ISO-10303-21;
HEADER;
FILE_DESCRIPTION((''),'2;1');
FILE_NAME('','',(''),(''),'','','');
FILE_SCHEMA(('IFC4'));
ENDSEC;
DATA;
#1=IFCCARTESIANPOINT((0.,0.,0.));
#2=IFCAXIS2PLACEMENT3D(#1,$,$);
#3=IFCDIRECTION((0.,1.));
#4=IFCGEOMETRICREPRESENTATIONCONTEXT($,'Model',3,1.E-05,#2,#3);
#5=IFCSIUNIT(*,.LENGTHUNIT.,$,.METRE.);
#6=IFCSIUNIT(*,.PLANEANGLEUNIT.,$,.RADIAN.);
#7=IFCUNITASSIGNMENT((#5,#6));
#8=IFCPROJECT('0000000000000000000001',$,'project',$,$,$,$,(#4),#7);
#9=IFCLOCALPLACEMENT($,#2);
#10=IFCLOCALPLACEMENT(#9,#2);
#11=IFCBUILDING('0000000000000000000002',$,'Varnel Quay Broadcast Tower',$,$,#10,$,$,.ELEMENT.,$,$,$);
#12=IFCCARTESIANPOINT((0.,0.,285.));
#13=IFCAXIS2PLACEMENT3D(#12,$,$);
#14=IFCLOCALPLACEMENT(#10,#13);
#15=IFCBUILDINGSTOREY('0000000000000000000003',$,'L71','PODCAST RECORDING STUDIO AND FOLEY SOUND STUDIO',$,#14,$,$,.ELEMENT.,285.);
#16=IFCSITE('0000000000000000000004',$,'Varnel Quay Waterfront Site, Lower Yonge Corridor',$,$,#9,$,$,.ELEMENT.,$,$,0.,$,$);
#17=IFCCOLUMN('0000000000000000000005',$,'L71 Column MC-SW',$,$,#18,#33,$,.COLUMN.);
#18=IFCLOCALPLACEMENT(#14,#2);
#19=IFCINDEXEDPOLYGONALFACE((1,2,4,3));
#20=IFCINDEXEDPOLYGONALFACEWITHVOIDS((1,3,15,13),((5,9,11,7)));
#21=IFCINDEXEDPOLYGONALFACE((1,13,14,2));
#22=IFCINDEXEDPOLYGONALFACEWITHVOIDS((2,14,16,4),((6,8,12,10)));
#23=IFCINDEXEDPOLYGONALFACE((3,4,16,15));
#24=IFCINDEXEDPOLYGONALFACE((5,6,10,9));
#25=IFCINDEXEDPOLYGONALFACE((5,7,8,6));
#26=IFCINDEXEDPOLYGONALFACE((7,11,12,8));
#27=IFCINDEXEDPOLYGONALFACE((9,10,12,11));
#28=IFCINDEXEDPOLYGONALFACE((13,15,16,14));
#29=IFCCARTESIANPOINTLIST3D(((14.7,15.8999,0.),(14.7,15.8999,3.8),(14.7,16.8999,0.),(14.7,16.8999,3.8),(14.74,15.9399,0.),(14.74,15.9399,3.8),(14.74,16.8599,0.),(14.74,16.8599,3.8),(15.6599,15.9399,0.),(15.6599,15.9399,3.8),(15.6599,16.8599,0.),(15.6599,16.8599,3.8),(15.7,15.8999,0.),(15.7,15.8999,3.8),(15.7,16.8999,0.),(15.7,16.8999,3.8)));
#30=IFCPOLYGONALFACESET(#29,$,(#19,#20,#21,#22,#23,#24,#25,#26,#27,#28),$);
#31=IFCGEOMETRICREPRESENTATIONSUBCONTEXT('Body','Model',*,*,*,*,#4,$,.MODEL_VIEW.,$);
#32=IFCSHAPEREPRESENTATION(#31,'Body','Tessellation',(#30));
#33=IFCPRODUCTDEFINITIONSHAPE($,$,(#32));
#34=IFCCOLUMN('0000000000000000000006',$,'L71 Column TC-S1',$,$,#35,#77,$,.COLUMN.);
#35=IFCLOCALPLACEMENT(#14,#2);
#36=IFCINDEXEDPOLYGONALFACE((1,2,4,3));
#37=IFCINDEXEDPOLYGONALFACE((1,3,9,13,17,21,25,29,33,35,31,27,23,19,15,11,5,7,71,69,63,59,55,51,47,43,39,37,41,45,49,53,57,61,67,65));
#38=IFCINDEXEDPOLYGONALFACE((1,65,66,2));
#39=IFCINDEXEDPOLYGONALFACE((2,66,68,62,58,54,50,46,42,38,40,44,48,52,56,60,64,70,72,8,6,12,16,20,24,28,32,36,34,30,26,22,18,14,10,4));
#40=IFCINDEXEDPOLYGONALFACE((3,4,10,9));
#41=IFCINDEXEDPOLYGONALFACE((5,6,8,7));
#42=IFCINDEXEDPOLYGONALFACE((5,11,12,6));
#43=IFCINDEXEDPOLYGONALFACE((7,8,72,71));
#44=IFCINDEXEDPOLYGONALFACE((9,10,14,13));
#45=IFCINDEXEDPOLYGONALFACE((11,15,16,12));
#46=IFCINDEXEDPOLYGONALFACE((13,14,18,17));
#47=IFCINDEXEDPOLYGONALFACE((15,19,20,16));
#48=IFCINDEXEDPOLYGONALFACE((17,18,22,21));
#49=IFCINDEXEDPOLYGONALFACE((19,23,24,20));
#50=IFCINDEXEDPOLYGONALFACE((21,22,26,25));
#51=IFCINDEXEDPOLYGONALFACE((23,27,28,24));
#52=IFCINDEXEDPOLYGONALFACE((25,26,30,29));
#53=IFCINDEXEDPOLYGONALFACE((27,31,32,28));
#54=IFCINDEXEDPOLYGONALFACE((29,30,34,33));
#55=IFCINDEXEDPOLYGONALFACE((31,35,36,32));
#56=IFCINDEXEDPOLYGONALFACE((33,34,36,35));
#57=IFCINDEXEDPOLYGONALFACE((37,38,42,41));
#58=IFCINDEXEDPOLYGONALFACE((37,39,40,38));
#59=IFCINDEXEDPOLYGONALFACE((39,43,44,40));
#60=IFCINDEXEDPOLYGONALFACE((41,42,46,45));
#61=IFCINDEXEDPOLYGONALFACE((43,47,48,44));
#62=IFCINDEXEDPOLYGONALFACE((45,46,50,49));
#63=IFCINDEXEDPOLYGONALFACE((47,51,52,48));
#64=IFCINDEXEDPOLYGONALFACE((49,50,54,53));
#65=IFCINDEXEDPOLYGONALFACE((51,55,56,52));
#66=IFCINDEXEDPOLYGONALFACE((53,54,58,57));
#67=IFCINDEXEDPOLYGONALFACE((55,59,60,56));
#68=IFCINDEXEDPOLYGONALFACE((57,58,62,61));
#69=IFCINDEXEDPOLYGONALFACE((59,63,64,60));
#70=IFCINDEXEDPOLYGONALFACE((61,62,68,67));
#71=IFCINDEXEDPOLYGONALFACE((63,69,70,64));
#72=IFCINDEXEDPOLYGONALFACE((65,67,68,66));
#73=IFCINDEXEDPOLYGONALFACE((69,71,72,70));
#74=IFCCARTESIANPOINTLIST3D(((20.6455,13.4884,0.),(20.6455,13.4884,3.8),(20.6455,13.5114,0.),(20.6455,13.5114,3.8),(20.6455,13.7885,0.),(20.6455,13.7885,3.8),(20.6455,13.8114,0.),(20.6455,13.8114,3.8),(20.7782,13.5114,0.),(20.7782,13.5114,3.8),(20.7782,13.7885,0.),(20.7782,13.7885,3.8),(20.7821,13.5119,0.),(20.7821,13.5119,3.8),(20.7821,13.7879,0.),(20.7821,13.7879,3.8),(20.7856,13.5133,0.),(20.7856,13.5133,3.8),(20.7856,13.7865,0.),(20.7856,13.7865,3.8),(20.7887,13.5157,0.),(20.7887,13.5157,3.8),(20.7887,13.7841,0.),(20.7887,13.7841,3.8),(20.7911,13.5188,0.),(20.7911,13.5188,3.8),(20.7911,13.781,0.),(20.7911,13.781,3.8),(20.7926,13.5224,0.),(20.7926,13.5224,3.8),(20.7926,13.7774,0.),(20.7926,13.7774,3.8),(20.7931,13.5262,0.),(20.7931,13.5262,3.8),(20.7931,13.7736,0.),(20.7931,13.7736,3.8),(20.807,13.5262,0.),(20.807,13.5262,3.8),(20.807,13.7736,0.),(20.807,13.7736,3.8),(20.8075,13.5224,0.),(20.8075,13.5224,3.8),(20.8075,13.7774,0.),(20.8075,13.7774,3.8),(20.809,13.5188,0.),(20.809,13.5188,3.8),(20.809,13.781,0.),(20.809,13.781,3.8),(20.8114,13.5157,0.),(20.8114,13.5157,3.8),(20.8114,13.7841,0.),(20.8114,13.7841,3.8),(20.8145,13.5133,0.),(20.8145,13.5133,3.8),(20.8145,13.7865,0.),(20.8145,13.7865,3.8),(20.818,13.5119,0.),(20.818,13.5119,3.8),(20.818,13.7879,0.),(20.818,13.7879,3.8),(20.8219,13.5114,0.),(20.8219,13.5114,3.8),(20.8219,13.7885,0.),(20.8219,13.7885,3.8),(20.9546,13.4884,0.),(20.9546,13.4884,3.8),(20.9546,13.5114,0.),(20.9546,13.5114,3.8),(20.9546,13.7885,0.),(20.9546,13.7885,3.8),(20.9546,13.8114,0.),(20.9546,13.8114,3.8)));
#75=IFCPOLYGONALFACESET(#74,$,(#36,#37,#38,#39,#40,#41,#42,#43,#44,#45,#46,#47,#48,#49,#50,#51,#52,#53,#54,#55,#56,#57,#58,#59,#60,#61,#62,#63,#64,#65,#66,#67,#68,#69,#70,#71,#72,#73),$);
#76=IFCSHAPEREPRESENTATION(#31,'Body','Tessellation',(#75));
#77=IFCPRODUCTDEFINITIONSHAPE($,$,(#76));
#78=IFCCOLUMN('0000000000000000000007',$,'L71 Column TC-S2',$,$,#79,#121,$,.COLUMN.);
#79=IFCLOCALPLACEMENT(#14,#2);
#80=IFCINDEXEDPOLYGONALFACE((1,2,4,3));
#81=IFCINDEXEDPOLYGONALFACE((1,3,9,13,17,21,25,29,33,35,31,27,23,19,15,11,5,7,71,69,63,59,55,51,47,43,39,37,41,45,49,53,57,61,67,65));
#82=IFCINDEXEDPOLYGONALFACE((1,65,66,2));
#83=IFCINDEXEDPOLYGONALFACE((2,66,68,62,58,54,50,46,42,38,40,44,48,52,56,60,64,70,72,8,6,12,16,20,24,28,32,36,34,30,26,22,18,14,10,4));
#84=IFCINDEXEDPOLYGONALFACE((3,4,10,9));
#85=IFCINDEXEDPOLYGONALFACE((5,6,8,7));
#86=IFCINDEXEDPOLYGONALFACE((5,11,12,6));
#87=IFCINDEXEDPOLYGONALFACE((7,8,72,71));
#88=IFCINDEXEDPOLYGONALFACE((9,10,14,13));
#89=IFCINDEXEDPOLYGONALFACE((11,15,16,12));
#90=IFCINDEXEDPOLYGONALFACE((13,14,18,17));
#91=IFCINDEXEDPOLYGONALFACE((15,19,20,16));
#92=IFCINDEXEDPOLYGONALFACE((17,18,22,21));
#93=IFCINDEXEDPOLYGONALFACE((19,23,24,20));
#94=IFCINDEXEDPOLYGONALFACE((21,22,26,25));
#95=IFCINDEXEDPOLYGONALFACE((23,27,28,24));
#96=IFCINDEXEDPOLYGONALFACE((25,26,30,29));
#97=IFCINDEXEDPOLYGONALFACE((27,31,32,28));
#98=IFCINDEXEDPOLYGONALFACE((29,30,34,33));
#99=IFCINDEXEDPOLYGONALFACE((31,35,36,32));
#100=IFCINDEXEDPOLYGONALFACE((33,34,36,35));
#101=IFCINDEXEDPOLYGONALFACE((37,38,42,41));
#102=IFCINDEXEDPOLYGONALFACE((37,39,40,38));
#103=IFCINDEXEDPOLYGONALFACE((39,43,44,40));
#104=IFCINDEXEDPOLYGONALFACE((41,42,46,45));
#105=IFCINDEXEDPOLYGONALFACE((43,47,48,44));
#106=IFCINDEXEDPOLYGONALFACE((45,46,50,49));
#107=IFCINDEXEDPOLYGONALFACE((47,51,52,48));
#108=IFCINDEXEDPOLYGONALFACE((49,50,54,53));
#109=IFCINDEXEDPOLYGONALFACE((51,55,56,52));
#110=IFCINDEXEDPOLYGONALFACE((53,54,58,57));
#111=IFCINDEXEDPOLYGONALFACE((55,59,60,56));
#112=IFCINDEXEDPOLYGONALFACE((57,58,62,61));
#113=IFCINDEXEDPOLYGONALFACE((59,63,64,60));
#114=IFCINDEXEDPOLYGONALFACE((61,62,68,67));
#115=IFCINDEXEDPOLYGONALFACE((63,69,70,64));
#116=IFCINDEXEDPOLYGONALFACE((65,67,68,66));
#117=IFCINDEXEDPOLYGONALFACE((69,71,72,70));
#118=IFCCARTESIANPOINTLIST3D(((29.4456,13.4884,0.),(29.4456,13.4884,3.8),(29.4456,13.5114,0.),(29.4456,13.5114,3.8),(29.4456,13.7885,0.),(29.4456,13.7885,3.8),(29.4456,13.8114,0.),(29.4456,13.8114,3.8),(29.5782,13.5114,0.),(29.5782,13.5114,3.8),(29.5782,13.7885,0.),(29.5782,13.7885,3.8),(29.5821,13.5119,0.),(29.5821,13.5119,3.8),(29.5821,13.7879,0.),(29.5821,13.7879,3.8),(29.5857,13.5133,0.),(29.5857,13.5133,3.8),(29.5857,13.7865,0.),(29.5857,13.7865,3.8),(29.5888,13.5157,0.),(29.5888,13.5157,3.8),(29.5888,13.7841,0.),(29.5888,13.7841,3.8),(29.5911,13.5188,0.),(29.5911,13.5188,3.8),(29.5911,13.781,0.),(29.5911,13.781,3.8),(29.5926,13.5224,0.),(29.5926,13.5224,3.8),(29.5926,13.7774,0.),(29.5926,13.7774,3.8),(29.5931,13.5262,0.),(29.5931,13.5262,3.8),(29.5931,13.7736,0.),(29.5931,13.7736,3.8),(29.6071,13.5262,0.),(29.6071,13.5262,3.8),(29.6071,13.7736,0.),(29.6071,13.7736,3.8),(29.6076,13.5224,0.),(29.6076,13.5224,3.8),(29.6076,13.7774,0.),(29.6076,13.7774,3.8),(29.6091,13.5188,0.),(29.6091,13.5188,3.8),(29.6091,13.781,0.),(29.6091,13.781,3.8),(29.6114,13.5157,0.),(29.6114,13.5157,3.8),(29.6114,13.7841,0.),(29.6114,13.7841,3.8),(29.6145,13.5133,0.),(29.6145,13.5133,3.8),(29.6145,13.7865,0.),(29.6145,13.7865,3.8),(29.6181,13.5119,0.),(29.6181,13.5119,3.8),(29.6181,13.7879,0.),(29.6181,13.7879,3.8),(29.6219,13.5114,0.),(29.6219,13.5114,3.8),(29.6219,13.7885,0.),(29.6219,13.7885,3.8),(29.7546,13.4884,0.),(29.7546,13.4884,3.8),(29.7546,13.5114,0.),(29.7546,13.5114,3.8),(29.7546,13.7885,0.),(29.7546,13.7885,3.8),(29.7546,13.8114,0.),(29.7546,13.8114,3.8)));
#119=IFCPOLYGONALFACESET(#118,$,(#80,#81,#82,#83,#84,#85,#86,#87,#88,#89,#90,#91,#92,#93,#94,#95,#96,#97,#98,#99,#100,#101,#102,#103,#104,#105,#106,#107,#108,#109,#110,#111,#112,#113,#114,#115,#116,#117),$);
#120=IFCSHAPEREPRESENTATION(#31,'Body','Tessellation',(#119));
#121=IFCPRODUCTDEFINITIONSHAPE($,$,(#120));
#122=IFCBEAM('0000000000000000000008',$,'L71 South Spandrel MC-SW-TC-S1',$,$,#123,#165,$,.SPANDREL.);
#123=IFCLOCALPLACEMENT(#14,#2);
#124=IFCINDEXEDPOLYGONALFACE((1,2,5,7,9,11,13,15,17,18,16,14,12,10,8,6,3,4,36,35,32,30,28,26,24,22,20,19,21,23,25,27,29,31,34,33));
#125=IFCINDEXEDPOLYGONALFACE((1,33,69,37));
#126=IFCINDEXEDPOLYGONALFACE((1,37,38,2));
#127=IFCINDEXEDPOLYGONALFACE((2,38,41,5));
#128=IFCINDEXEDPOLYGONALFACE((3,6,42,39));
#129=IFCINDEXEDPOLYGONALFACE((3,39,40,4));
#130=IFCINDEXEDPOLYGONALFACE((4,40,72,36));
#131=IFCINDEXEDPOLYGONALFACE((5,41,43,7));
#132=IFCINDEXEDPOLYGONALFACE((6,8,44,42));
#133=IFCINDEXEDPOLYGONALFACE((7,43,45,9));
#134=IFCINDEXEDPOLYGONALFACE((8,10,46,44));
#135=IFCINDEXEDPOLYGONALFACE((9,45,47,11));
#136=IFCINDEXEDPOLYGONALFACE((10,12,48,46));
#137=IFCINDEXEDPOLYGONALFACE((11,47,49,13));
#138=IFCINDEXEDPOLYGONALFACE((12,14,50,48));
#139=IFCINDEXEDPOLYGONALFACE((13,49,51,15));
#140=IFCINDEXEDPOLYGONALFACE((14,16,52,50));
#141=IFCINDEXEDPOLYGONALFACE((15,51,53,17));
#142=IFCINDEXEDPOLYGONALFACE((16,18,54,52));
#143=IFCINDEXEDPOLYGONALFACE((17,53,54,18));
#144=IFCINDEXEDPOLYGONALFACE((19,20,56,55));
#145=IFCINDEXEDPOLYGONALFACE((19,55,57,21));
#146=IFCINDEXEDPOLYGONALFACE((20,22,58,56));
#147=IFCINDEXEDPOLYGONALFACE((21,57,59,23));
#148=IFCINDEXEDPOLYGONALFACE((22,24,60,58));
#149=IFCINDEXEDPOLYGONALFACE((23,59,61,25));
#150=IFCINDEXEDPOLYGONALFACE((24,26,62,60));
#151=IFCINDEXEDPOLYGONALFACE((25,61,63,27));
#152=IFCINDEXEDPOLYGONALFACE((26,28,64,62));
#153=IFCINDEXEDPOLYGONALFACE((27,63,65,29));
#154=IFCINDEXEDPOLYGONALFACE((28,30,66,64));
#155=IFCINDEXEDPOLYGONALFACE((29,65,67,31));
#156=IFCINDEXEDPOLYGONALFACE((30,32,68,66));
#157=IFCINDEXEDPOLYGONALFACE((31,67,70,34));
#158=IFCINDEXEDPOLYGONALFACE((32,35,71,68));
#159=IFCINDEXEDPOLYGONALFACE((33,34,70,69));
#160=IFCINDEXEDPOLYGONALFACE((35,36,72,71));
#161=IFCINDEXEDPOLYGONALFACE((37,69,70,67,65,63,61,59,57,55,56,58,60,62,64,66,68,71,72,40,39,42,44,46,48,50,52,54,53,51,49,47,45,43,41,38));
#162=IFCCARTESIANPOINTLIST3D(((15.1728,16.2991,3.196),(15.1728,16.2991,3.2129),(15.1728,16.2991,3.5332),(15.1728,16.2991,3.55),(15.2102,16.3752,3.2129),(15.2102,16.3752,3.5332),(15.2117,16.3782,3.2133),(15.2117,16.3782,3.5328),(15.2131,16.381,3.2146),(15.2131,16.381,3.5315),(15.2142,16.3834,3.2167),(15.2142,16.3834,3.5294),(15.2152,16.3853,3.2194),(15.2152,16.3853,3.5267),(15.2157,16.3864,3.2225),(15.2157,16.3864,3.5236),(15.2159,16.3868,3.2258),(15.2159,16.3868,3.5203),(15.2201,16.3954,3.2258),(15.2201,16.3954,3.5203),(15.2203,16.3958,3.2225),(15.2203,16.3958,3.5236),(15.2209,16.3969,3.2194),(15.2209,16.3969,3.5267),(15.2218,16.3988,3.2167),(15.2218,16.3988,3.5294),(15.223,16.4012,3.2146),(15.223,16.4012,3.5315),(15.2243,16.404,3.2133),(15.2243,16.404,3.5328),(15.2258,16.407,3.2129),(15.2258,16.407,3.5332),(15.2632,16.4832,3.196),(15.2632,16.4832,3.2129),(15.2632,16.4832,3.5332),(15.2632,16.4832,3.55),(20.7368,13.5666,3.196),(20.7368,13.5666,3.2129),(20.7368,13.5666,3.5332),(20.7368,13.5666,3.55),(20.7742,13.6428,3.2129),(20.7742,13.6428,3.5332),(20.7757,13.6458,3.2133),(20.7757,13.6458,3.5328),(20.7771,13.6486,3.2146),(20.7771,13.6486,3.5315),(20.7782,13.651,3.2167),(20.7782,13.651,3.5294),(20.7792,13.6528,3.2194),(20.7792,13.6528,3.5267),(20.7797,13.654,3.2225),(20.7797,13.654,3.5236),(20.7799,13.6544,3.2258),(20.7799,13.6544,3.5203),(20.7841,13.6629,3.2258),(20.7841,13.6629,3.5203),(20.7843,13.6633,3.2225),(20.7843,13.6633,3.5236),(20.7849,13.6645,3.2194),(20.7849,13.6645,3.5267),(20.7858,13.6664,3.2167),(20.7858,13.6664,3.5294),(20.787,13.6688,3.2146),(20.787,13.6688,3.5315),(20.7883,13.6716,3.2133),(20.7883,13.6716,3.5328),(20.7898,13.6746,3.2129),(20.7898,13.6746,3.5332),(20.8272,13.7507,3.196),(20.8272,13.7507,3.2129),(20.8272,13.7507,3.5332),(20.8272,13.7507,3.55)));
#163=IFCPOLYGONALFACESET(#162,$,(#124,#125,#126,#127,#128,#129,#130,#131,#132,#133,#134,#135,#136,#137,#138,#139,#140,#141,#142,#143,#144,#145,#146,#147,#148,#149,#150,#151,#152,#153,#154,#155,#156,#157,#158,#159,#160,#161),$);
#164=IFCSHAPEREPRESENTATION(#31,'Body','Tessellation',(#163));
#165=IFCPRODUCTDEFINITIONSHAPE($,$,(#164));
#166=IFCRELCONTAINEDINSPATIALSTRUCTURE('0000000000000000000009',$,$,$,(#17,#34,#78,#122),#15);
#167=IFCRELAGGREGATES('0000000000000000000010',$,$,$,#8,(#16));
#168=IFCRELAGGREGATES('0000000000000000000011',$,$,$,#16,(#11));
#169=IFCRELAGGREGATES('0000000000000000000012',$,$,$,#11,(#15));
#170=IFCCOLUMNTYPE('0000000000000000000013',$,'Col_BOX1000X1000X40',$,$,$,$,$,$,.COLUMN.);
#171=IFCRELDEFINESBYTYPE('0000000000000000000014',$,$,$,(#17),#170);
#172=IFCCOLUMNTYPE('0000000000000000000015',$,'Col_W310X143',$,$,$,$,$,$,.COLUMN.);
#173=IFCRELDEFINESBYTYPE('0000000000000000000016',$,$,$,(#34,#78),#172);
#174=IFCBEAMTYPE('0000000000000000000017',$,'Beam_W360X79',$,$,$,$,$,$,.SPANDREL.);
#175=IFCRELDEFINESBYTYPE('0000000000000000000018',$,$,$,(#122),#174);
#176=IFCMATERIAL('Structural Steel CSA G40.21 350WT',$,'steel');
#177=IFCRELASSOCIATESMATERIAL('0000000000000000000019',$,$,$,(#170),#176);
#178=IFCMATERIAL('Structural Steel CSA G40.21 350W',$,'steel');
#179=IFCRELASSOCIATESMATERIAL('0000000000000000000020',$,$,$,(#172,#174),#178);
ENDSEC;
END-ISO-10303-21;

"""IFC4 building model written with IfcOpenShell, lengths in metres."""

from ifc_helpers import new_model, si_unit, direction, frame, origin, origin_2d, place, context, subcontext, project, spatial, hollow_rectangle, i_section, extrude, source, transform, mapped, material, material_profile, profile_set, type_object, type_shapes, element, save


model = new_model("IFC4")

# Units and contexts
model_context = context("Model", 3, precision=1e-05, world=origin(), true_north=direction((0.0, 1.0)))
body_context = subcontext(model_context, "Body", "Model", "MODEL_VIEW")
ifc_project = project(units=[si_unit("LENGTHUNIT", "METRE"), si_unit("PLANEANGLEUNIT", "RADIAN")], contexts=[model_context])

# Site, building, storey
site_placement = place(None, origin())
site = spatial("IfcSite", under=ifc_project, at=site_placement, Name="Varnel Quay Waterfront Site, Lower Yonge Corridor", CompositionType="ELEMENT", RefElevation=0.0)
building_placement = place(site_placement, origin())
building = spatial("IfcBuilding", under=site, at=building_placement, Name="Varnel Quay Broadcast Tower", CompositionType="ELEMENT")
storey_placement = place(building_placement, frame((0.0, 0.0, 285.0)))
storey = spatial("IfcBuildingStorey", under=building, at=storey_placement, Name="L71", Description="PODCAST RECORDING STUDIO AND FOLEY SOUND STUDIO", CompositionType="ELEMENT", Elevation=285.0)

# Columns
ifc_material_1 = material(Name="Structural Steel CSA G40.21 350WT", Category="steel")
ifc_material_profile_1 = material_profile(ifc_material_1, hollow_rectangle(XDim=1.0, YDim=1.0, WallThickness=0.04, at=origin_2d()), Name="BOX1000X1000X40")
ifc_profile_set_1 = profile_set([ifc_material_profile_1], Name="Structural Steel CSA G40.21 350WT")
column_type_1 = type_object("IfcColumnType", Name="Col_BOX1000X1000X40", PredefinedType="COLUMN", material=ifc_profile_set_1)
shared_shape_1 = source(origin(), body_context, "Body", "SweptSolid", [
    extrude(hollow_rectangle(XDim=1.0, YDim=1.0, WallThickness=0.04, at=origin_2d()), origin(), (0.0, 0.0, 1.0), 3.8),
])
type_shapes(column_type_1, [shared_shape_1])
column_placement = place(storey_placement, frame((15.2, 16.3999, 0.0), z_axis=(0.0, 0.0, 1.0), x_axis=(1.0, 0.0, 0.0)))
element("IfcColumn", 1, at=column_placement, inside=storey, type_object=column_type_1, Name="L71 Column MC-SW", PredefinedType="COLUMN", context=body_context, shape_type="MappedRepresentation", body=[
    mapped(shared_shape_1, transform((0.0, 0.0, 0.0), x_axis=(1.0, 0.0, 0.0), y_axis=(0.0, 1.0, 0.0), z_axis=(0.0, 0.0, 1.0), scale=1.0)),
])
ifc_material_2 = material(Name="Structural Steel CSA G40.21 350W", Category="steel")
ifc_material_profile_2 = material_profile(ifc_material_2, i_section(OverallWidth=0.3091, OverallDepth=0.323, WebThickness=0.0139, FlangeThickness=0.0229, FilletRadius=0.0149, at=origin_2d()), Name="W310X143")
ifc_profile_set_2 = profile_set([ifc_material_profile_2], Name="Structural Steel CSA G40.21 350W")
column_type_2 = type_object("IfcColumnType", Name="Col_W310X143", PredefinedType="COLUMN", material=ifc_profile_set_2)
shared_shape_2 = source(origin(), body_context, "Body", "SweptSolid", [
    extrude(i_section(OverallWidth=0.3091, OverallDepth=0.323, WebThickness=0.0139, FlangeThickness=0.0229, FilletRadius=0.0149, at=origin_2d()), origin(), (0.0, 0.0, 1.0), 3.8),
])
type_shapes(column_type_2, [shared_shape_2])
for number, where, z_axis, x_axis, name in (
    (2, (20.8, 13.6499, 0.0), (0.0, 0.0, 1.0), (1.0, 0.0, 0.0), "L71 Column TC-S1"),
    (3, (29.6001, 13.6499, 0.0), (0.0, 0.0, 1.0), (1.0, 0.0, 0.0), "L71 Column TC-S2"),
):
    element("IfcColumn", number, at=place(storey_placement, frame(where, z_axis=z_axis, x_axis=x_axis)), inside=storey, type_object=column_type_2, Name=name, PredefinedType="COLUMN", context=body_context, shape_type="MappedRepresentation", body=[
        mapped(shared_shape_2, transform((0.0, 0.0, 0.0), x_axis=(1.0, 0.0, 0.0), y_axis=(0.0, 1.0, 0.0), z_axis=(0.0, 0.0, 1.0), scale=1.0)),
    ])

# Beam
ifc_material_profile_3 = material_profile(ifc_material_2, i_section(OverallWidth=0.2051, OverallDepth=0.354, WebThickness=0.0095, FlangeThickness=0.0168, FilletRadius=0.0129, at=origin_2d()), Name="W360X79")
ifc_profile_set_3 = profile_set([ifc_material_profile_3], Name="Structural Steel CSA G40.21 350W")
beam_type_1 = type_object("IfcBeamType", Name="Beam_W360X79", PredefinedType="SPANDREL", material=ifc_profile_set_3)
shared_shape_3 = source(origin(), body_context, "Body", "SweptSolid", [
    extrude(i_section(OverallWidth=0.2051, OverallDepth=0.354, WebThickness=0.0095, FlangeThickness=0.0168, FilletRadius=0.0129, at=origin_2d()), origin(), (0.0, 0.0, 1.0), 6.1987),
])
beam_1_placement = place(storey_placement, frame((15.218, 16.3911, 3.373), z_axis=(0.897602, -0.440806, 0.0), x_axis=(0.440806, 0.897602, 0.0)))
element("IfcBeam", 4, at=beam_1_placement, inside=storey, type_object=beam_type_1, Name="L71 South Spandrel MC-SW-TC-S1", PredefinedType="SPANDREL", context=body_context, shape_type="MappedRepresentation", body=[
    mapped(shared_shape_3, transform((0.0, 0.0, 0.0), x_axis=(1.0, 0.0, 0.0), y_axis=(0.0, 1.0, 0.0), z_axis=(0.0, 0.0, 1.0), scale=1.0)),
])

save(model, "model.ifc")
